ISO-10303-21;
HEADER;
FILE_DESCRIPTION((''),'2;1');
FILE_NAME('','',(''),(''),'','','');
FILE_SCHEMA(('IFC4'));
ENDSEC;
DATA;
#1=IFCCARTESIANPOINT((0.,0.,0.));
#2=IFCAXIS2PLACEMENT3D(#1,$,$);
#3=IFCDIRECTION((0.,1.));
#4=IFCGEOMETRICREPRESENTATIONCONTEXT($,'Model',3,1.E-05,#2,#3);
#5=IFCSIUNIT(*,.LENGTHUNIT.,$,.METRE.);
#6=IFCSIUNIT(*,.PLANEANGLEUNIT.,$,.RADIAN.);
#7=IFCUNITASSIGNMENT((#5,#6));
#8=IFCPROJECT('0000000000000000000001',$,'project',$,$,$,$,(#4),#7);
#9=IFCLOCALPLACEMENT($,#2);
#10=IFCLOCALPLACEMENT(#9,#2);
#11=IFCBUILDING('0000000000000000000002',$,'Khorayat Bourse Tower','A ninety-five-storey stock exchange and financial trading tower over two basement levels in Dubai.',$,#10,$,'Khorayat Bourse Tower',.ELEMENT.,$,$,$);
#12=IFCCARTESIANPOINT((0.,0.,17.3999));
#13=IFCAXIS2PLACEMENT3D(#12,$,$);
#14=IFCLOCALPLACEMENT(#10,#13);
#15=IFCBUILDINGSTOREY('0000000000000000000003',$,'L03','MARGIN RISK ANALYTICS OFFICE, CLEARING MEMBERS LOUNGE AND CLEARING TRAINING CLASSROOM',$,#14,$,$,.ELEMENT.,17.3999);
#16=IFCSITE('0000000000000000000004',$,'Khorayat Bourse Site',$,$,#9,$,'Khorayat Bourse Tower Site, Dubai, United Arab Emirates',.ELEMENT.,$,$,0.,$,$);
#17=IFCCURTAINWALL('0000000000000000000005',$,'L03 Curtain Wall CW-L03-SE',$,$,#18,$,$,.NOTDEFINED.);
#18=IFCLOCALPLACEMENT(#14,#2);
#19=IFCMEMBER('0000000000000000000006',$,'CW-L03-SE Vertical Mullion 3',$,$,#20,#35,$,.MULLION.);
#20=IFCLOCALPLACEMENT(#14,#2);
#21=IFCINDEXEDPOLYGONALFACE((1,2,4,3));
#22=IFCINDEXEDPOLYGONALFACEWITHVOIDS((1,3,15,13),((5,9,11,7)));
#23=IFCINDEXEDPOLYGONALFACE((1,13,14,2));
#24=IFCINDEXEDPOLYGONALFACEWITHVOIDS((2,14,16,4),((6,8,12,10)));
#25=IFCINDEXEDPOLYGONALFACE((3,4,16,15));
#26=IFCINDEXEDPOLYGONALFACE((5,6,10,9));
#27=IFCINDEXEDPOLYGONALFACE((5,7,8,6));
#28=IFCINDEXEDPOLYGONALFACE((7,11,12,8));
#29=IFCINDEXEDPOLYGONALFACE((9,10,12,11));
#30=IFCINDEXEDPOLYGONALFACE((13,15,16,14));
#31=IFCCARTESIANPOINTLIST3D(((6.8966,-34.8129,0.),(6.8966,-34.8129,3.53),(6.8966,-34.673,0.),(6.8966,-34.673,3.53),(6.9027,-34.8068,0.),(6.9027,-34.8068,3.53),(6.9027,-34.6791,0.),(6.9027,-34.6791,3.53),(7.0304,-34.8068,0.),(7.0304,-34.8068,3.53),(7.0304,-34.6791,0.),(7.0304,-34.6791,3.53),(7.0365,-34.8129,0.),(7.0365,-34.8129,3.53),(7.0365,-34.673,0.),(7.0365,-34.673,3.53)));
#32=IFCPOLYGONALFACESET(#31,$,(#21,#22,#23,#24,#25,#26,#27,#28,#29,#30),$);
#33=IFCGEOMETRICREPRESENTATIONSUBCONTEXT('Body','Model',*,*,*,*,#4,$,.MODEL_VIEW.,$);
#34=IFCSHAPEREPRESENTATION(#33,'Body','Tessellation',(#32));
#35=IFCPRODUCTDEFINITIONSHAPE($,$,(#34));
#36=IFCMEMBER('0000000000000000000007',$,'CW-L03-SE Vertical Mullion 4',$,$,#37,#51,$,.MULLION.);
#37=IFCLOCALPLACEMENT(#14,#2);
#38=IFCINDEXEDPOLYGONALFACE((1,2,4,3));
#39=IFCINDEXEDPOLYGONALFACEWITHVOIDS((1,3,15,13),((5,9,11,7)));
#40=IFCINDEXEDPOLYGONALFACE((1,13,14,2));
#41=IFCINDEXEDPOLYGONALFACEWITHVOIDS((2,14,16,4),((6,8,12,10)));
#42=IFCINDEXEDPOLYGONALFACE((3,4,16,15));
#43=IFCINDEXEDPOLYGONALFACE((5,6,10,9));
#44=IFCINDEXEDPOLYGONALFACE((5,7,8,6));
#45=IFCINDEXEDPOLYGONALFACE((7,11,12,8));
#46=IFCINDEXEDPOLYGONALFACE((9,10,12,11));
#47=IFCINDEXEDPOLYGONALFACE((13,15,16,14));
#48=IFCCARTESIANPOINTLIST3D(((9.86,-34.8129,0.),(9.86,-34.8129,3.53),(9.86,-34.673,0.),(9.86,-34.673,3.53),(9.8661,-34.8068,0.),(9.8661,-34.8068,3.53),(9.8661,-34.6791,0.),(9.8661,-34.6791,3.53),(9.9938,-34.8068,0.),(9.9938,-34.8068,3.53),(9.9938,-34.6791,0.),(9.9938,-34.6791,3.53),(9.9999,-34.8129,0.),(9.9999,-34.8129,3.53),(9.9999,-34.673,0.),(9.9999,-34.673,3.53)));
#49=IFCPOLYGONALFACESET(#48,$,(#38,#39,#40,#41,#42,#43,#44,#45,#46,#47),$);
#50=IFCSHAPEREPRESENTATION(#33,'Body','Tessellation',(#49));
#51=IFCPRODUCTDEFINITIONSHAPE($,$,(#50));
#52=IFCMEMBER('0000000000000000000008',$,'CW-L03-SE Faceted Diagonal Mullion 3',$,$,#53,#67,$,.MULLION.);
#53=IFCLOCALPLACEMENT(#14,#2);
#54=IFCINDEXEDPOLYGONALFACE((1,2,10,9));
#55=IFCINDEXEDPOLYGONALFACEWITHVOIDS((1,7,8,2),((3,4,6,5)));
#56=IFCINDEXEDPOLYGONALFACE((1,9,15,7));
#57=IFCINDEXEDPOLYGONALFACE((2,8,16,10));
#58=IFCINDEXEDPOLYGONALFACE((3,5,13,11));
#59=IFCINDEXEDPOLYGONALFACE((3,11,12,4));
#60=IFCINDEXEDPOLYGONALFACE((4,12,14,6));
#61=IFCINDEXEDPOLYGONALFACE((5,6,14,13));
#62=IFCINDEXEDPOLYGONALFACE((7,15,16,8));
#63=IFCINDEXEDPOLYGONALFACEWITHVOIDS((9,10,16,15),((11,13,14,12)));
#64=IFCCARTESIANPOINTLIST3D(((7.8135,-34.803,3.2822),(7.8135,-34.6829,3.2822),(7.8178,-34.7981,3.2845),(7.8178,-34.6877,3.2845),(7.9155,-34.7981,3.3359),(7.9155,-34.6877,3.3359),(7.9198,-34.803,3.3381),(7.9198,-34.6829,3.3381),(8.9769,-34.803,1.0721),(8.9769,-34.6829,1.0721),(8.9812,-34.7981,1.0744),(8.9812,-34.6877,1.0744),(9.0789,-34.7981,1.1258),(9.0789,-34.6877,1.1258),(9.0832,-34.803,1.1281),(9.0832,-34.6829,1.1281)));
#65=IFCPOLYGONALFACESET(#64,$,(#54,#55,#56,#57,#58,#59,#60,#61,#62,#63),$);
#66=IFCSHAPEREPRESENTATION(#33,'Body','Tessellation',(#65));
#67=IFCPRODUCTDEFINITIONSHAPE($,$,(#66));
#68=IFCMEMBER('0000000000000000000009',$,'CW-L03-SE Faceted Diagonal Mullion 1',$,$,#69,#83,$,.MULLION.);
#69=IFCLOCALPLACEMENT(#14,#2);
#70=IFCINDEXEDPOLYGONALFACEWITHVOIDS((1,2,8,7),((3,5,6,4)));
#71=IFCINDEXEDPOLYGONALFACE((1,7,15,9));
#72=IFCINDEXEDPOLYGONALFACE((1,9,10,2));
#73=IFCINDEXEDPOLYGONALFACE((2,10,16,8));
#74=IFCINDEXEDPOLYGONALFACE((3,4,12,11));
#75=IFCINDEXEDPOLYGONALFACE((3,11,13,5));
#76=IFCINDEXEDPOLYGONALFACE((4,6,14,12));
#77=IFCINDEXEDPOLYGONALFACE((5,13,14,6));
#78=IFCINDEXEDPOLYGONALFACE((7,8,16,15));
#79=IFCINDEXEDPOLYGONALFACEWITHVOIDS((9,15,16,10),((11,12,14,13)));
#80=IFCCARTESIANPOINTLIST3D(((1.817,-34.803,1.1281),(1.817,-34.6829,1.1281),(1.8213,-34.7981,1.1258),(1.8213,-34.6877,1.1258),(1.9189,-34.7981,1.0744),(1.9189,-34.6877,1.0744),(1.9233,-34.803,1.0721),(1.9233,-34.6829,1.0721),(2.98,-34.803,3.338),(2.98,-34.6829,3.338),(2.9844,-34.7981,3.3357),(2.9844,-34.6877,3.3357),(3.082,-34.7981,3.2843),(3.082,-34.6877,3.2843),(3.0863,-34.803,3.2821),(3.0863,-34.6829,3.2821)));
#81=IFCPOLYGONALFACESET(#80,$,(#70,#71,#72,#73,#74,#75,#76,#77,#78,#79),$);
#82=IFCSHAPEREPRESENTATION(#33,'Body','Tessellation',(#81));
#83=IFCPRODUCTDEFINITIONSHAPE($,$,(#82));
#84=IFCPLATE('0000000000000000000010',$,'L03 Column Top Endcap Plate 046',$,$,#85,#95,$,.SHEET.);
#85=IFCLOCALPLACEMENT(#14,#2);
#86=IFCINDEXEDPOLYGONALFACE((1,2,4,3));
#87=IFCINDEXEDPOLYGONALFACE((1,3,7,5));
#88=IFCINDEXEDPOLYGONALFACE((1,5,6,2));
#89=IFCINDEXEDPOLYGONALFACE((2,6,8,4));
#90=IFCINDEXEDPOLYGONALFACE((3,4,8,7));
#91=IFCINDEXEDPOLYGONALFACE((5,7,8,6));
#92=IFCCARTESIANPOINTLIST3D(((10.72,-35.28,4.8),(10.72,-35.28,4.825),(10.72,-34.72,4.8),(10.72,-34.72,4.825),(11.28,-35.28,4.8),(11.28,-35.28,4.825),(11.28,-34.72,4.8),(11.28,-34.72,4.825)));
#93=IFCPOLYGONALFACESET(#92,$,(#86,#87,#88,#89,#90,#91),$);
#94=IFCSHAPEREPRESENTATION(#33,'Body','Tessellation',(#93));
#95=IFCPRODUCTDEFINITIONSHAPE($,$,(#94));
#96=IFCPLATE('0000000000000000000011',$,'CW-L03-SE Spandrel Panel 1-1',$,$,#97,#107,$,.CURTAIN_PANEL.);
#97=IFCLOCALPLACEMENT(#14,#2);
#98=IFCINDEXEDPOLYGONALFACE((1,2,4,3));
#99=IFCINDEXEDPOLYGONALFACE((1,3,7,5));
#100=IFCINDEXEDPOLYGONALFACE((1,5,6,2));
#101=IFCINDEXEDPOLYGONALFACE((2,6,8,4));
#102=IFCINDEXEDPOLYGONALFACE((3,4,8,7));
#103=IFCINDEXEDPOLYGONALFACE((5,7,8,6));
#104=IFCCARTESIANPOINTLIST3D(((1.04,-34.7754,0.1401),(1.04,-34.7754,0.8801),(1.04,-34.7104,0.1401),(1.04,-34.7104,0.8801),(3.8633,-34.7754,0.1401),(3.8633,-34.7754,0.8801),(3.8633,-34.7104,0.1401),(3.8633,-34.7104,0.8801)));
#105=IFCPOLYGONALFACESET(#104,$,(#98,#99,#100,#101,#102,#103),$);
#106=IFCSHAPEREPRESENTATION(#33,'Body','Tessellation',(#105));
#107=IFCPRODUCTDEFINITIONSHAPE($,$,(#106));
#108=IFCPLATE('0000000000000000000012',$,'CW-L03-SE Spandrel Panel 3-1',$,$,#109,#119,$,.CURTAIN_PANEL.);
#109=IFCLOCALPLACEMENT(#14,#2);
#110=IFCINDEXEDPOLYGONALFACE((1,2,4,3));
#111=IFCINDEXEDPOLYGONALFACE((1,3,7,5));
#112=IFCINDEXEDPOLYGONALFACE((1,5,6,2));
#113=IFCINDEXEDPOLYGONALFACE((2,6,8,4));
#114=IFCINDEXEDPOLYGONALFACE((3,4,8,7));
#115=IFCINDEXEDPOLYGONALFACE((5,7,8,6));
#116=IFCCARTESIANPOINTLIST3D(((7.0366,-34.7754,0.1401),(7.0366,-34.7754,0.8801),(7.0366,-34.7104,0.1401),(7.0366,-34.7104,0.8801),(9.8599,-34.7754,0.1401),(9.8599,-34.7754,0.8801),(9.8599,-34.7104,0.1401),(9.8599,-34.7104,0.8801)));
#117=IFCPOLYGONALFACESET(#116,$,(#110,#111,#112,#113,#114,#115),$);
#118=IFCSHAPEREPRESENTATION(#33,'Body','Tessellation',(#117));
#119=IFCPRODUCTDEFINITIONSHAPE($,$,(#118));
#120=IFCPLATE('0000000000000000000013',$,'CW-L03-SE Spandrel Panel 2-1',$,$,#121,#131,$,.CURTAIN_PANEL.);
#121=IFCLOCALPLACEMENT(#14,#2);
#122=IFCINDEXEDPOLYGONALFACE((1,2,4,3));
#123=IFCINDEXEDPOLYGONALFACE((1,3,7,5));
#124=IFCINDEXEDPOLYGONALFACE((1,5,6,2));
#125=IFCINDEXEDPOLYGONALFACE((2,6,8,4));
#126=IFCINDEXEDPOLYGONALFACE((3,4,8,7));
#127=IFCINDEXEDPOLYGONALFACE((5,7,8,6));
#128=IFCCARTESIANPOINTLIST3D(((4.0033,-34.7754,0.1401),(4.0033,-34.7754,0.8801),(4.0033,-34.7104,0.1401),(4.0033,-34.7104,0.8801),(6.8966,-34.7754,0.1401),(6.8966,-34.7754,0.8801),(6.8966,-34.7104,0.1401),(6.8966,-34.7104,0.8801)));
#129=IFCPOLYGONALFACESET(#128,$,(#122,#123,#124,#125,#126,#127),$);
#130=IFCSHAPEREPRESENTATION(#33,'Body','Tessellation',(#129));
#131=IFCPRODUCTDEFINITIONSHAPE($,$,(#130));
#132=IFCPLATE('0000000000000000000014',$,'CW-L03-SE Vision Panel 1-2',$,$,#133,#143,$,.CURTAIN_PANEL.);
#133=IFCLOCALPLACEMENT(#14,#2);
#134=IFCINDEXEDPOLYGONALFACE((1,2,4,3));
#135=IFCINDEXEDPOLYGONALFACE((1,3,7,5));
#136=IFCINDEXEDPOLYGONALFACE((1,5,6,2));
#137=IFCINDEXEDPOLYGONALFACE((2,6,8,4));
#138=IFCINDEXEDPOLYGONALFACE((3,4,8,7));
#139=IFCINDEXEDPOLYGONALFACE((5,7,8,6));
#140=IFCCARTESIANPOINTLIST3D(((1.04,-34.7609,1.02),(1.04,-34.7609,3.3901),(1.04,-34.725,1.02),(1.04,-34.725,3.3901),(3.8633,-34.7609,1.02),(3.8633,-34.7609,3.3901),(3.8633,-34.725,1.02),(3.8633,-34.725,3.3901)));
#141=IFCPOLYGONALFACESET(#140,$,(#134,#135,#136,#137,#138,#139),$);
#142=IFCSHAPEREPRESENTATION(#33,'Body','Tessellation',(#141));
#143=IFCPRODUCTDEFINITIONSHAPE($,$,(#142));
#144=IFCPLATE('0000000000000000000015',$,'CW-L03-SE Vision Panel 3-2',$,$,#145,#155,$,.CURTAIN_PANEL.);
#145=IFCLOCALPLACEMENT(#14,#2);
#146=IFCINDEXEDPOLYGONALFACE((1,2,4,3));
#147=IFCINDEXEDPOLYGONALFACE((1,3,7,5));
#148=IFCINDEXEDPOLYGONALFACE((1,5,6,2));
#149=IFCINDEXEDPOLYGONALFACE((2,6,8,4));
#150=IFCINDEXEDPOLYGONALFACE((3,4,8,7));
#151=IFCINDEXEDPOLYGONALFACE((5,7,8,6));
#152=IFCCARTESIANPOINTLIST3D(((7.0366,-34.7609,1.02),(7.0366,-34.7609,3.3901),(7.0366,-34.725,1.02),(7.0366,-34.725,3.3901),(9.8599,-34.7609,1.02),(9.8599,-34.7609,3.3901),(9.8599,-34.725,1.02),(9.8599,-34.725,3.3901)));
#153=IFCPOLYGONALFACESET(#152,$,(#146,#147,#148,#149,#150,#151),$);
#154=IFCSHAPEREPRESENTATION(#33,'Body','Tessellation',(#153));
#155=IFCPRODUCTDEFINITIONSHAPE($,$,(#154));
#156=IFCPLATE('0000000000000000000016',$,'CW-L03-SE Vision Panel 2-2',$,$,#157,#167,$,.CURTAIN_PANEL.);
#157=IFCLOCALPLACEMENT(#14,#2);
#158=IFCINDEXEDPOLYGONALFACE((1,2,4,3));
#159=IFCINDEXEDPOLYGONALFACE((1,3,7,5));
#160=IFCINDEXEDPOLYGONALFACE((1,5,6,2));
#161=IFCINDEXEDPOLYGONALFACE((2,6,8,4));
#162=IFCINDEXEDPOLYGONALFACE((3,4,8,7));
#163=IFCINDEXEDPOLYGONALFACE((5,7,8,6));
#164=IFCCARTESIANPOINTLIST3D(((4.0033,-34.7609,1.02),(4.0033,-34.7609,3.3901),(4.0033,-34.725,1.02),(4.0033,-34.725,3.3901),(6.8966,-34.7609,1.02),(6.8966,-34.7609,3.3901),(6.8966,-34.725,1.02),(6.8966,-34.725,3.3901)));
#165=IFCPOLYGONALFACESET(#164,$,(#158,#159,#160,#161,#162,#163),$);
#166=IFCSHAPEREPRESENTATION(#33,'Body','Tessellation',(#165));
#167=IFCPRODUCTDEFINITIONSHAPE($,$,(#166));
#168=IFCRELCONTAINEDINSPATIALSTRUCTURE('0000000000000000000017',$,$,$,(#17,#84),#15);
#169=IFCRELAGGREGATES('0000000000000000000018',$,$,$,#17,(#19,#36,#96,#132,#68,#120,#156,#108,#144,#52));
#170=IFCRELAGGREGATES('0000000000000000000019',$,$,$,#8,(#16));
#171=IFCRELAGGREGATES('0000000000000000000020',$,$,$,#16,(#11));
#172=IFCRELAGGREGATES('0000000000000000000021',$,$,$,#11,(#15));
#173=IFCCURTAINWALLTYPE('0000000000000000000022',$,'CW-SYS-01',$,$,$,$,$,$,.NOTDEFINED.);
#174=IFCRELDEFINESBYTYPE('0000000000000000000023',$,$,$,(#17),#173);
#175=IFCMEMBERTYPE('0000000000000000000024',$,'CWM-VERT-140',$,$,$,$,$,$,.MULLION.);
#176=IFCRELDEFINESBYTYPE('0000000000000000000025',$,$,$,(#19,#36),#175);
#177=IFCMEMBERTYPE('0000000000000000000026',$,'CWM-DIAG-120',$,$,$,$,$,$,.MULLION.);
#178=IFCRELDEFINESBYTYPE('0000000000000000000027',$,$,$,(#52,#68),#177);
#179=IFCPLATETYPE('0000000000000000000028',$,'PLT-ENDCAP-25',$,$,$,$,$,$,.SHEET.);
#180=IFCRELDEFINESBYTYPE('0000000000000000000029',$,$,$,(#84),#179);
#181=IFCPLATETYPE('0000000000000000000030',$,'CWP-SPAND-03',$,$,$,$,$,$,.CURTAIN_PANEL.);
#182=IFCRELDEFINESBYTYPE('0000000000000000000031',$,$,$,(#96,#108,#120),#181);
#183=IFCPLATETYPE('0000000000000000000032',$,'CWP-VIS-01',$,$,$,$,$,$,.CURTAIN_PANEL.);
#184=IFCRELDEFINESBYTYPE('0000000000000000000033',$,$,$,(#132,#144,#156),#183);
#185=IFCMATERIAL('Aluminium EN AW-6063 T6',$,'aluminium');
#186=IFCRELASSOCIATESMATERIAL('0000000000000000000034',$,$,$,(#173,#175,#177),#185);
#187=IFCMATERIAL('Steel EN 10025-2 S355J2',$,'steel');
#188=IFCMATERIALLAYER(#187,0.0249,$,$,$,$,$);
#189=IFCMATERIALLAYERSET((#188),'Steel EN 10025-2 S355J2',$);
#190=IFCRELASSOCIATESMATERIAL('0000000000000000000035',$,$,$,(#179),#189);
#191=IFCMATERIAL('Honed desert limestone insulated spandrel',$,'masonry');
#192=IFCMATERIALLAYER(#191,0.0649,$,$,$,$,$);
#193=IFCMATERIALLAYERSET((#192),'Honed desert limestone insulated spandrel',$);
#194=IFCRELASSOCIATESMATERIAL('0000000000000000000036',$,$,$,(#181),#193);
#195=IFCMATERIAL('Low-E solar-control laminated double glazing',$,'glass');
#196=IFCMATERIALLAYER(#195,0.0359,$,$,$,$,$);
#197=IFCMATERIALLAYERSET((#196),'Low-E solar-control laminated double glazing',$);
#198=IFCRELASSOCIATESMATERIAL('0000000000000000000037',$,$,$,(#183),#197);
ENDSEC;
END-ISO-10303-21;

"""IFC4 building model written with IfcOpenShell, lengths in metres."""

from ifc_helpers import new_model, si_unit, direction, frame, origin, origin_2d, place, context, subcontext, project, spatial, rectangle, hollow_rectangle, extrude, source, transform, mapped, material, layer, layer_set, material_profile, profile_set, type_object, element, aggregate, save


model = new_model("IFC4")

# Units and contexts
model_context = context("Model", 3, precision=1e-05, world=origin(), true_north=direction((0.0, 1.0)))
body_context = subcontext(model_context, "Body", "Model", "MODEL_VIEW")
ifc_project = project(units=[si_unit("LENGTHUNIT", "METRE"), si_unit("PLANEANGLEUNIT", "RADIAN")], contexts=[model_context])

# Site, building, storey
site_placement = place(None, origin())
site = spatial("IfcSite", under=ifc_project, at=site_placement, Name="Khorayat Bourse Site", LongName="Khorayat Bourse Tower Site, Dubai, United Arab Emirates", CompositionType="ELEMENT", RefElevation=0.0)
building_placement = place(site_placement, origin())
building = spatial("IfcBuilding", under=site, at=building_placement, Name="Khorayat Bourse Tower", Description="A ninety-five-storey stock exchange and financial trading tower over two basement levels in Dubai.", LongName="Khorayat Bourse Tower", CompositionType="ELEMENT")
storey_placement = place(building_placement, frame((0.0, 0.0, 17.3999)))
storey = spatial("IfcBuildingStorey", under=building, at=storey_placement, Name="L03", Description="MARGIN RISK ANALYTICS OFFICE, CLEARING MEMBERS LOUNGE AND CLEARING TRAINING CLASSROOM", CompositionType="ELEMENT", Elevation=17.3999)

# Shared definitions
ifc_material_1 = material(Name="Steel EN 10025-2 S355J2", Category="steel")

# Curtain wall
ifc_material_2 = material(Name="Aluminium EN AW-6063 T6", Category="aluminium")
curtain_wall_type = type_object("IfcCurtainWallType", Name="CW-SYS-01", PredefinedType="NOTDEFINED", material=ifc_material_2)
curtain_wall_1_placement = place(storey_placement, origin())
curtain_wall_1 = element("IfcCurtainWall", 1, at=curtain_wall_1_placement, inside=storey, type_object=curtain_wall_type, Name="L03 Curtain Wall CW-L03-SE", PredefinedType="NOTDEFINED")

# Shared definitions
ifc_material_profile_1 = material_profile(ifc_material_2, hollow_rectangle(XDim=0.1399, YDim=0.1399, WallThickness=0.0061, at=origin_2d()), Name="ALU 140x140x6")
ifc_profile_set_1 = profile_set([ifc_material_profile_1], Name="Aluminium EN AW-6063 T6")
member_type_1 = type_object("IfcMemberType", Name="CWM-VERT-140", PredefinedType="MULLION", material=ifc_profile_set_1)
shared_shape_1 = source(origin(), body_context, "Body", "SweptSolid", [
    extrude(hollow_rectangle(XDim=0.1399, YDim=0.1399, WallThickness=0.0061, at=origin_2d()), origin(), (0.0, 0.0, 1.0), 3.53),
])

# Members
member_1_placement = place(storey_placement, frame((6.9666, -34.7429, 0.0), z_axis=(0.0, 0.0, 1.0), x_axis=(0.0, 1.0, 0.0)))
member_1 = element("IfcMember", 2, at=member_1_placement, type_object=member_type_1, Name="CW-L03-SE Vertical Mullion 3", PredefinedType="MULLION", context=body_context, shape_type="MappedRepresentation", body=[
    mapped(shared_shape_1, transform((0.0, 0.0, 0.0), scale=1.0)),
])
member_2_placement = place(storey_placement, frame((9.9299, -34.7429, 0.0), z_axis=(0.0, 0.0, 1.0), x_axis=(0.0, 1.0, 0.0)))
member_2 = element("IfcMember", 3, at=member_2_placement, type_object=member_type_1, Name="CW-L03-SE Vertical Mullion 4", PredefinedType="MULLION", context=body_context, shape_type="MappedRepresentation", body=[
    mapped(shared_shape_1, transform((0.0, 0.0, 0.0), scale=1.0)),
])
ifc_material_profile_2 = material_profile(ifc_material_2, hollow_rectangle(XDim=0.1201, YDim=0.1201, WallThickness=0.0049, at=origin_2d()), Name="ALU 120x120x5")
ifc_profile_set_2 = profile_set([ifc_material_profile_2], Name="Aluminium EN AW-6063 T6")
member_type_2 = type_object("IfcMemberType", Name="CWM-DIAG-120", PredefinedType="MULLION", material=ifc_profile_set_2)
shared_shape_2 = source(origin(), body_context, "Body", "SweptSolid", [
    extrude(hollow_rectangle(XDim=0.1201, YDim=0.1201, WallThickness=0.0049, at=origin_2d()), origin(), (0.0, 0.0, 1.0), 2.4976),
])
member_3_placement = place(storey_placement, frame((9.03, -34.7429, 1.1001), z_axis=(-0.465807, 0.0, 0.884886), x_axis=(0.0, -1.0, 0.0)))
member_3 = element("IfcMember", 4, at=member_3_placement, type_object=member_type_2, Name="CW-L03-SE Faceted Diagonal Mullion 3", PredefinedType="MULLION", context=body_context, shape_type="MappedRepresentation", body=[
    mapped(shared_shape_2, transform((0.0, 0.0, 0.0), scale=1.0)),
])
shared_shape_3 = source(origin(), body_context, "Body", "SweptSolid", [
    extrude(hollow_rectangle(XDim=0.1201, YDim=0.1201, WallThickness=0.0049, at=origin_2d()), origin(), (0.0, 0.0, 1.0), 2.4973),
])
member_4_placement = place(storey_placement, frame((1.8701, -34.7429, 1.1001), z_axis=(0.46573, 0.0, 0.884927), x_axis=(0.0, 1.0, 0.0)))
member_4 = element("IfcMember", 5, at=member_4_placement, type_object=member_type_2, Name="CW-L03-SE Faceted Diagonal Mullion 1", PredefinedType="MULLION", context=body_context, shape_type="MappedRepresentation", body=[
    mapped(shared_shape_3, transform((0.0, 0.0, 0.0), scale=1.0)),
])

# Plates
ifc_layer_1 = layer(ifc_material_1, 0.0249)
ifc_layer_set_1 = layer_set([ifc_layer_1], Name="Steel EN 10025-2 S355J2")
plate_type_1 = type_object("IfcPlateType", Name="PLT-ENDCAP-25", PredefinedType="SHEET", material=ifc_layer_set_1)
shared_shape_4 = source(origin(), body_context, "Body", "SweptSolid", [
    extrude(rectangle(XDim=0.5601, YDim=0.5601, at=origin_2d()), origin(), (0.0, 0.0, 1.0), 0.0249),
])
plate_1_placement = place(storey_placement, frame((11.0, -35.0, 4.8), z_axis=(0.0, 0.0, 1.0), x_axis=(1.0, 0.0, 0.0)))
element("IfcPlate", 6, at=plate_1_placement, inside=storey, type_object=plate_type_1, Name="L03 Column Top Endcap Plate 046", PredefinedType="SHEET", context=body_context, shape_type="MappedRepresentation", body=[
    mapped(shared_shape_4, transform((0.0, 0.0, 0.0), scale=1.0)),
])
ifc_material_3 = material(Name="Honed desert limestone insulated spandrel", Category="masonry")
ifc_layer_2 = layer(ifc_material_3, 0.0649)
ifc_layer_set_2 = layer_set([ifc_layer_2], Name="Honed desert limestone insulated spandrel")
plate_type_2 = type_object("IfcPlateType", Name="CWP-SPAND-03", PredefinedType="CURTAIN_PANEL", material=ifc_layer_set_2)
shared_shape_5 = source(origin(), body_context, "Body", "SweptSolid", [
    extrude(rectangle(XDim=2.8232, YDim=0.0649, at=origin_2d()), origin(), (0.0, 0.0, 1.0), 0.74),
])
plate_2_placement = place(storey_placement, frame((2.4517, -34.7429, 0.1401), z_axis=(0.0, 0.0, 1.0), x_axis=(1.0, 0.0, 0.0)))
plate_2 = element("IfcPlate", 7, at=plate_2_placement, type_object=plate_type_2, Name="CW-L03-SE Spandrel Panel 1-1", PredefinedType="CURTAIN_PANEL", context=body_context, shape_type="MappedRepresentation", body=[
    mapped(shared_shape_5, transform((0.0, 0.0, 0.0), scale=1.0)),
])
plate_3_placement = place(storey_placement, frame((8.4482, -34.7429, 0.1401), z_axis=(0.0, 0.0, 1.0), x_axis=(1.0, 0.0, 0.0)))
plate_3 = element("IfcPlate", 8, at=plate_3_placement, type_object=plate_type_2, Name="CW-L03-SE Spandrel Panel 3-1", PredefinedType="CURTAIN_PANEL", context=body_context, shape_type="MappedRepresentation", body=[
    mapped(shared_shape_5, transform((0.0, 0.0, 0.0), scale=1.0)),
])
shared_shape_6 = source(origin(), body_context, "Body", "SweptSolid", [
    extrude(rectangle(XDim=2.8933, YDim=0.0649, at=origin_2d()), origin(), (0.0, 0.0, 1.0), 0.74),
])
plate_4_placement = place(storey_placement, frame((5.45, -34.7429, 0.1401), z_axis=(0.0, 0.0, 1.0), x_axis=(1.0, 0.0, 0.0)))
plate_4 = element("IfcPlate", 9, at=plate_4_placement, type_object=plate_type_2, Name="CW-L03-SE Spandrel Panel 2-1", PredefinedType="CURTAIN_PANEL", context=body_context, shape_type="MappedRepresentation", body=[
    mapped(shared_shape_6, transform((0.0, 0.0, 0.0), scale=1.0)),
])
ifc_material_4 = material(Name="Low-E solar-control laminated double glazing", Category="glass")
ifc_layer_3 = layer(ifc_material_4, 0.0359)
ifc_layer_set_3 = layer_set([ifc_layer_3], Name="Low-E solar-control laminated double glazing")
plate_type_3 = type_object("IfcPlateType", Name="CWP-VIS-01", PredefinedType="CURTAIN_PANEL", material=ifc_layer_set_3)
shared_shape_7 = source(origin(), body_context, "Body", "SweptSolid", [
    extrude(rectangle(XDim=2.8232, YDim=0.0359, at=origin_2d()), origin(), (0.0, 0.0, 1.0), 2.3701),
])
plate_5_placement = place(storey_placement, frame((2.4517, -34.7429, 1.02), z_axis=(0.0, 0.0, 1.0), x_axis=(1.0, 0.0, 0.0)))
plate_5 = element("IfcPlate", 10, at=plate_5_placement, type_object=plate_type_3, Name="CW-L03-SE Vision Panel 1-2", PredefinedType="CURTAIN_PANEL", context=body_context, shape_type="MappedRepresentation", body=[
    mapped(shared_shape_7, transform((0.0, 0.0, 0.0), scale=1.0)),
])
plate_6_placement = place(storey_placement, frame((8.4482, -34.7429, 1.02), z_axis=(0.0, 0.0, 1.0), x_axis=(1.0, 0.0, 0.0)))
plate_6 = element("IfcPlate", 11, at=plate_6_placement, type_object=plate_type_3, Name="CW-L03-SE Vision Panel 3-2", PredefinedType="CURTAIN_PANEL", context=body_context, shape_type="MappedRepresentation", body=[
    mapped(shared_shape_7, transform((0.0, 0.0, 0.0), scale=1.0)),
])
shared_shape_8 = source(origin(), body_context, "Body", "SweptSolid", [
    extrude(rectangle(XDim=2.8933, YDim=0.0359, at=origin_2d()), origin(), (0.0, 0.0, 1.0), 2.3701),
])
plate_7_placement = place(storey_placement, frame((5.45, -34.7429, 1.02), z_axis=(0.0, 0.0, 1.0), x_axis=(1.0, 0.0, 0.0)))
plate_7 = element("IfcPlate", 12, at=plate_7_placement, type_object=plate_type_3, Name="CW-L03-SE Vision Panel 2-2", PredefinedType="CURTAIN_PANEL", context=body_context, shape_type="MappedRepresentation", body=[
    mapped(shared_shape_8, transform((0.0, 0.0, 0.0), scale=1.0)),
])
aggregate(curtain_wall_1, [member_1, member_2, plate_2, plate_5, member_4, plate_4, plate_7, plate_3, plate_6, member_3])

save(model, "model.ifc")
